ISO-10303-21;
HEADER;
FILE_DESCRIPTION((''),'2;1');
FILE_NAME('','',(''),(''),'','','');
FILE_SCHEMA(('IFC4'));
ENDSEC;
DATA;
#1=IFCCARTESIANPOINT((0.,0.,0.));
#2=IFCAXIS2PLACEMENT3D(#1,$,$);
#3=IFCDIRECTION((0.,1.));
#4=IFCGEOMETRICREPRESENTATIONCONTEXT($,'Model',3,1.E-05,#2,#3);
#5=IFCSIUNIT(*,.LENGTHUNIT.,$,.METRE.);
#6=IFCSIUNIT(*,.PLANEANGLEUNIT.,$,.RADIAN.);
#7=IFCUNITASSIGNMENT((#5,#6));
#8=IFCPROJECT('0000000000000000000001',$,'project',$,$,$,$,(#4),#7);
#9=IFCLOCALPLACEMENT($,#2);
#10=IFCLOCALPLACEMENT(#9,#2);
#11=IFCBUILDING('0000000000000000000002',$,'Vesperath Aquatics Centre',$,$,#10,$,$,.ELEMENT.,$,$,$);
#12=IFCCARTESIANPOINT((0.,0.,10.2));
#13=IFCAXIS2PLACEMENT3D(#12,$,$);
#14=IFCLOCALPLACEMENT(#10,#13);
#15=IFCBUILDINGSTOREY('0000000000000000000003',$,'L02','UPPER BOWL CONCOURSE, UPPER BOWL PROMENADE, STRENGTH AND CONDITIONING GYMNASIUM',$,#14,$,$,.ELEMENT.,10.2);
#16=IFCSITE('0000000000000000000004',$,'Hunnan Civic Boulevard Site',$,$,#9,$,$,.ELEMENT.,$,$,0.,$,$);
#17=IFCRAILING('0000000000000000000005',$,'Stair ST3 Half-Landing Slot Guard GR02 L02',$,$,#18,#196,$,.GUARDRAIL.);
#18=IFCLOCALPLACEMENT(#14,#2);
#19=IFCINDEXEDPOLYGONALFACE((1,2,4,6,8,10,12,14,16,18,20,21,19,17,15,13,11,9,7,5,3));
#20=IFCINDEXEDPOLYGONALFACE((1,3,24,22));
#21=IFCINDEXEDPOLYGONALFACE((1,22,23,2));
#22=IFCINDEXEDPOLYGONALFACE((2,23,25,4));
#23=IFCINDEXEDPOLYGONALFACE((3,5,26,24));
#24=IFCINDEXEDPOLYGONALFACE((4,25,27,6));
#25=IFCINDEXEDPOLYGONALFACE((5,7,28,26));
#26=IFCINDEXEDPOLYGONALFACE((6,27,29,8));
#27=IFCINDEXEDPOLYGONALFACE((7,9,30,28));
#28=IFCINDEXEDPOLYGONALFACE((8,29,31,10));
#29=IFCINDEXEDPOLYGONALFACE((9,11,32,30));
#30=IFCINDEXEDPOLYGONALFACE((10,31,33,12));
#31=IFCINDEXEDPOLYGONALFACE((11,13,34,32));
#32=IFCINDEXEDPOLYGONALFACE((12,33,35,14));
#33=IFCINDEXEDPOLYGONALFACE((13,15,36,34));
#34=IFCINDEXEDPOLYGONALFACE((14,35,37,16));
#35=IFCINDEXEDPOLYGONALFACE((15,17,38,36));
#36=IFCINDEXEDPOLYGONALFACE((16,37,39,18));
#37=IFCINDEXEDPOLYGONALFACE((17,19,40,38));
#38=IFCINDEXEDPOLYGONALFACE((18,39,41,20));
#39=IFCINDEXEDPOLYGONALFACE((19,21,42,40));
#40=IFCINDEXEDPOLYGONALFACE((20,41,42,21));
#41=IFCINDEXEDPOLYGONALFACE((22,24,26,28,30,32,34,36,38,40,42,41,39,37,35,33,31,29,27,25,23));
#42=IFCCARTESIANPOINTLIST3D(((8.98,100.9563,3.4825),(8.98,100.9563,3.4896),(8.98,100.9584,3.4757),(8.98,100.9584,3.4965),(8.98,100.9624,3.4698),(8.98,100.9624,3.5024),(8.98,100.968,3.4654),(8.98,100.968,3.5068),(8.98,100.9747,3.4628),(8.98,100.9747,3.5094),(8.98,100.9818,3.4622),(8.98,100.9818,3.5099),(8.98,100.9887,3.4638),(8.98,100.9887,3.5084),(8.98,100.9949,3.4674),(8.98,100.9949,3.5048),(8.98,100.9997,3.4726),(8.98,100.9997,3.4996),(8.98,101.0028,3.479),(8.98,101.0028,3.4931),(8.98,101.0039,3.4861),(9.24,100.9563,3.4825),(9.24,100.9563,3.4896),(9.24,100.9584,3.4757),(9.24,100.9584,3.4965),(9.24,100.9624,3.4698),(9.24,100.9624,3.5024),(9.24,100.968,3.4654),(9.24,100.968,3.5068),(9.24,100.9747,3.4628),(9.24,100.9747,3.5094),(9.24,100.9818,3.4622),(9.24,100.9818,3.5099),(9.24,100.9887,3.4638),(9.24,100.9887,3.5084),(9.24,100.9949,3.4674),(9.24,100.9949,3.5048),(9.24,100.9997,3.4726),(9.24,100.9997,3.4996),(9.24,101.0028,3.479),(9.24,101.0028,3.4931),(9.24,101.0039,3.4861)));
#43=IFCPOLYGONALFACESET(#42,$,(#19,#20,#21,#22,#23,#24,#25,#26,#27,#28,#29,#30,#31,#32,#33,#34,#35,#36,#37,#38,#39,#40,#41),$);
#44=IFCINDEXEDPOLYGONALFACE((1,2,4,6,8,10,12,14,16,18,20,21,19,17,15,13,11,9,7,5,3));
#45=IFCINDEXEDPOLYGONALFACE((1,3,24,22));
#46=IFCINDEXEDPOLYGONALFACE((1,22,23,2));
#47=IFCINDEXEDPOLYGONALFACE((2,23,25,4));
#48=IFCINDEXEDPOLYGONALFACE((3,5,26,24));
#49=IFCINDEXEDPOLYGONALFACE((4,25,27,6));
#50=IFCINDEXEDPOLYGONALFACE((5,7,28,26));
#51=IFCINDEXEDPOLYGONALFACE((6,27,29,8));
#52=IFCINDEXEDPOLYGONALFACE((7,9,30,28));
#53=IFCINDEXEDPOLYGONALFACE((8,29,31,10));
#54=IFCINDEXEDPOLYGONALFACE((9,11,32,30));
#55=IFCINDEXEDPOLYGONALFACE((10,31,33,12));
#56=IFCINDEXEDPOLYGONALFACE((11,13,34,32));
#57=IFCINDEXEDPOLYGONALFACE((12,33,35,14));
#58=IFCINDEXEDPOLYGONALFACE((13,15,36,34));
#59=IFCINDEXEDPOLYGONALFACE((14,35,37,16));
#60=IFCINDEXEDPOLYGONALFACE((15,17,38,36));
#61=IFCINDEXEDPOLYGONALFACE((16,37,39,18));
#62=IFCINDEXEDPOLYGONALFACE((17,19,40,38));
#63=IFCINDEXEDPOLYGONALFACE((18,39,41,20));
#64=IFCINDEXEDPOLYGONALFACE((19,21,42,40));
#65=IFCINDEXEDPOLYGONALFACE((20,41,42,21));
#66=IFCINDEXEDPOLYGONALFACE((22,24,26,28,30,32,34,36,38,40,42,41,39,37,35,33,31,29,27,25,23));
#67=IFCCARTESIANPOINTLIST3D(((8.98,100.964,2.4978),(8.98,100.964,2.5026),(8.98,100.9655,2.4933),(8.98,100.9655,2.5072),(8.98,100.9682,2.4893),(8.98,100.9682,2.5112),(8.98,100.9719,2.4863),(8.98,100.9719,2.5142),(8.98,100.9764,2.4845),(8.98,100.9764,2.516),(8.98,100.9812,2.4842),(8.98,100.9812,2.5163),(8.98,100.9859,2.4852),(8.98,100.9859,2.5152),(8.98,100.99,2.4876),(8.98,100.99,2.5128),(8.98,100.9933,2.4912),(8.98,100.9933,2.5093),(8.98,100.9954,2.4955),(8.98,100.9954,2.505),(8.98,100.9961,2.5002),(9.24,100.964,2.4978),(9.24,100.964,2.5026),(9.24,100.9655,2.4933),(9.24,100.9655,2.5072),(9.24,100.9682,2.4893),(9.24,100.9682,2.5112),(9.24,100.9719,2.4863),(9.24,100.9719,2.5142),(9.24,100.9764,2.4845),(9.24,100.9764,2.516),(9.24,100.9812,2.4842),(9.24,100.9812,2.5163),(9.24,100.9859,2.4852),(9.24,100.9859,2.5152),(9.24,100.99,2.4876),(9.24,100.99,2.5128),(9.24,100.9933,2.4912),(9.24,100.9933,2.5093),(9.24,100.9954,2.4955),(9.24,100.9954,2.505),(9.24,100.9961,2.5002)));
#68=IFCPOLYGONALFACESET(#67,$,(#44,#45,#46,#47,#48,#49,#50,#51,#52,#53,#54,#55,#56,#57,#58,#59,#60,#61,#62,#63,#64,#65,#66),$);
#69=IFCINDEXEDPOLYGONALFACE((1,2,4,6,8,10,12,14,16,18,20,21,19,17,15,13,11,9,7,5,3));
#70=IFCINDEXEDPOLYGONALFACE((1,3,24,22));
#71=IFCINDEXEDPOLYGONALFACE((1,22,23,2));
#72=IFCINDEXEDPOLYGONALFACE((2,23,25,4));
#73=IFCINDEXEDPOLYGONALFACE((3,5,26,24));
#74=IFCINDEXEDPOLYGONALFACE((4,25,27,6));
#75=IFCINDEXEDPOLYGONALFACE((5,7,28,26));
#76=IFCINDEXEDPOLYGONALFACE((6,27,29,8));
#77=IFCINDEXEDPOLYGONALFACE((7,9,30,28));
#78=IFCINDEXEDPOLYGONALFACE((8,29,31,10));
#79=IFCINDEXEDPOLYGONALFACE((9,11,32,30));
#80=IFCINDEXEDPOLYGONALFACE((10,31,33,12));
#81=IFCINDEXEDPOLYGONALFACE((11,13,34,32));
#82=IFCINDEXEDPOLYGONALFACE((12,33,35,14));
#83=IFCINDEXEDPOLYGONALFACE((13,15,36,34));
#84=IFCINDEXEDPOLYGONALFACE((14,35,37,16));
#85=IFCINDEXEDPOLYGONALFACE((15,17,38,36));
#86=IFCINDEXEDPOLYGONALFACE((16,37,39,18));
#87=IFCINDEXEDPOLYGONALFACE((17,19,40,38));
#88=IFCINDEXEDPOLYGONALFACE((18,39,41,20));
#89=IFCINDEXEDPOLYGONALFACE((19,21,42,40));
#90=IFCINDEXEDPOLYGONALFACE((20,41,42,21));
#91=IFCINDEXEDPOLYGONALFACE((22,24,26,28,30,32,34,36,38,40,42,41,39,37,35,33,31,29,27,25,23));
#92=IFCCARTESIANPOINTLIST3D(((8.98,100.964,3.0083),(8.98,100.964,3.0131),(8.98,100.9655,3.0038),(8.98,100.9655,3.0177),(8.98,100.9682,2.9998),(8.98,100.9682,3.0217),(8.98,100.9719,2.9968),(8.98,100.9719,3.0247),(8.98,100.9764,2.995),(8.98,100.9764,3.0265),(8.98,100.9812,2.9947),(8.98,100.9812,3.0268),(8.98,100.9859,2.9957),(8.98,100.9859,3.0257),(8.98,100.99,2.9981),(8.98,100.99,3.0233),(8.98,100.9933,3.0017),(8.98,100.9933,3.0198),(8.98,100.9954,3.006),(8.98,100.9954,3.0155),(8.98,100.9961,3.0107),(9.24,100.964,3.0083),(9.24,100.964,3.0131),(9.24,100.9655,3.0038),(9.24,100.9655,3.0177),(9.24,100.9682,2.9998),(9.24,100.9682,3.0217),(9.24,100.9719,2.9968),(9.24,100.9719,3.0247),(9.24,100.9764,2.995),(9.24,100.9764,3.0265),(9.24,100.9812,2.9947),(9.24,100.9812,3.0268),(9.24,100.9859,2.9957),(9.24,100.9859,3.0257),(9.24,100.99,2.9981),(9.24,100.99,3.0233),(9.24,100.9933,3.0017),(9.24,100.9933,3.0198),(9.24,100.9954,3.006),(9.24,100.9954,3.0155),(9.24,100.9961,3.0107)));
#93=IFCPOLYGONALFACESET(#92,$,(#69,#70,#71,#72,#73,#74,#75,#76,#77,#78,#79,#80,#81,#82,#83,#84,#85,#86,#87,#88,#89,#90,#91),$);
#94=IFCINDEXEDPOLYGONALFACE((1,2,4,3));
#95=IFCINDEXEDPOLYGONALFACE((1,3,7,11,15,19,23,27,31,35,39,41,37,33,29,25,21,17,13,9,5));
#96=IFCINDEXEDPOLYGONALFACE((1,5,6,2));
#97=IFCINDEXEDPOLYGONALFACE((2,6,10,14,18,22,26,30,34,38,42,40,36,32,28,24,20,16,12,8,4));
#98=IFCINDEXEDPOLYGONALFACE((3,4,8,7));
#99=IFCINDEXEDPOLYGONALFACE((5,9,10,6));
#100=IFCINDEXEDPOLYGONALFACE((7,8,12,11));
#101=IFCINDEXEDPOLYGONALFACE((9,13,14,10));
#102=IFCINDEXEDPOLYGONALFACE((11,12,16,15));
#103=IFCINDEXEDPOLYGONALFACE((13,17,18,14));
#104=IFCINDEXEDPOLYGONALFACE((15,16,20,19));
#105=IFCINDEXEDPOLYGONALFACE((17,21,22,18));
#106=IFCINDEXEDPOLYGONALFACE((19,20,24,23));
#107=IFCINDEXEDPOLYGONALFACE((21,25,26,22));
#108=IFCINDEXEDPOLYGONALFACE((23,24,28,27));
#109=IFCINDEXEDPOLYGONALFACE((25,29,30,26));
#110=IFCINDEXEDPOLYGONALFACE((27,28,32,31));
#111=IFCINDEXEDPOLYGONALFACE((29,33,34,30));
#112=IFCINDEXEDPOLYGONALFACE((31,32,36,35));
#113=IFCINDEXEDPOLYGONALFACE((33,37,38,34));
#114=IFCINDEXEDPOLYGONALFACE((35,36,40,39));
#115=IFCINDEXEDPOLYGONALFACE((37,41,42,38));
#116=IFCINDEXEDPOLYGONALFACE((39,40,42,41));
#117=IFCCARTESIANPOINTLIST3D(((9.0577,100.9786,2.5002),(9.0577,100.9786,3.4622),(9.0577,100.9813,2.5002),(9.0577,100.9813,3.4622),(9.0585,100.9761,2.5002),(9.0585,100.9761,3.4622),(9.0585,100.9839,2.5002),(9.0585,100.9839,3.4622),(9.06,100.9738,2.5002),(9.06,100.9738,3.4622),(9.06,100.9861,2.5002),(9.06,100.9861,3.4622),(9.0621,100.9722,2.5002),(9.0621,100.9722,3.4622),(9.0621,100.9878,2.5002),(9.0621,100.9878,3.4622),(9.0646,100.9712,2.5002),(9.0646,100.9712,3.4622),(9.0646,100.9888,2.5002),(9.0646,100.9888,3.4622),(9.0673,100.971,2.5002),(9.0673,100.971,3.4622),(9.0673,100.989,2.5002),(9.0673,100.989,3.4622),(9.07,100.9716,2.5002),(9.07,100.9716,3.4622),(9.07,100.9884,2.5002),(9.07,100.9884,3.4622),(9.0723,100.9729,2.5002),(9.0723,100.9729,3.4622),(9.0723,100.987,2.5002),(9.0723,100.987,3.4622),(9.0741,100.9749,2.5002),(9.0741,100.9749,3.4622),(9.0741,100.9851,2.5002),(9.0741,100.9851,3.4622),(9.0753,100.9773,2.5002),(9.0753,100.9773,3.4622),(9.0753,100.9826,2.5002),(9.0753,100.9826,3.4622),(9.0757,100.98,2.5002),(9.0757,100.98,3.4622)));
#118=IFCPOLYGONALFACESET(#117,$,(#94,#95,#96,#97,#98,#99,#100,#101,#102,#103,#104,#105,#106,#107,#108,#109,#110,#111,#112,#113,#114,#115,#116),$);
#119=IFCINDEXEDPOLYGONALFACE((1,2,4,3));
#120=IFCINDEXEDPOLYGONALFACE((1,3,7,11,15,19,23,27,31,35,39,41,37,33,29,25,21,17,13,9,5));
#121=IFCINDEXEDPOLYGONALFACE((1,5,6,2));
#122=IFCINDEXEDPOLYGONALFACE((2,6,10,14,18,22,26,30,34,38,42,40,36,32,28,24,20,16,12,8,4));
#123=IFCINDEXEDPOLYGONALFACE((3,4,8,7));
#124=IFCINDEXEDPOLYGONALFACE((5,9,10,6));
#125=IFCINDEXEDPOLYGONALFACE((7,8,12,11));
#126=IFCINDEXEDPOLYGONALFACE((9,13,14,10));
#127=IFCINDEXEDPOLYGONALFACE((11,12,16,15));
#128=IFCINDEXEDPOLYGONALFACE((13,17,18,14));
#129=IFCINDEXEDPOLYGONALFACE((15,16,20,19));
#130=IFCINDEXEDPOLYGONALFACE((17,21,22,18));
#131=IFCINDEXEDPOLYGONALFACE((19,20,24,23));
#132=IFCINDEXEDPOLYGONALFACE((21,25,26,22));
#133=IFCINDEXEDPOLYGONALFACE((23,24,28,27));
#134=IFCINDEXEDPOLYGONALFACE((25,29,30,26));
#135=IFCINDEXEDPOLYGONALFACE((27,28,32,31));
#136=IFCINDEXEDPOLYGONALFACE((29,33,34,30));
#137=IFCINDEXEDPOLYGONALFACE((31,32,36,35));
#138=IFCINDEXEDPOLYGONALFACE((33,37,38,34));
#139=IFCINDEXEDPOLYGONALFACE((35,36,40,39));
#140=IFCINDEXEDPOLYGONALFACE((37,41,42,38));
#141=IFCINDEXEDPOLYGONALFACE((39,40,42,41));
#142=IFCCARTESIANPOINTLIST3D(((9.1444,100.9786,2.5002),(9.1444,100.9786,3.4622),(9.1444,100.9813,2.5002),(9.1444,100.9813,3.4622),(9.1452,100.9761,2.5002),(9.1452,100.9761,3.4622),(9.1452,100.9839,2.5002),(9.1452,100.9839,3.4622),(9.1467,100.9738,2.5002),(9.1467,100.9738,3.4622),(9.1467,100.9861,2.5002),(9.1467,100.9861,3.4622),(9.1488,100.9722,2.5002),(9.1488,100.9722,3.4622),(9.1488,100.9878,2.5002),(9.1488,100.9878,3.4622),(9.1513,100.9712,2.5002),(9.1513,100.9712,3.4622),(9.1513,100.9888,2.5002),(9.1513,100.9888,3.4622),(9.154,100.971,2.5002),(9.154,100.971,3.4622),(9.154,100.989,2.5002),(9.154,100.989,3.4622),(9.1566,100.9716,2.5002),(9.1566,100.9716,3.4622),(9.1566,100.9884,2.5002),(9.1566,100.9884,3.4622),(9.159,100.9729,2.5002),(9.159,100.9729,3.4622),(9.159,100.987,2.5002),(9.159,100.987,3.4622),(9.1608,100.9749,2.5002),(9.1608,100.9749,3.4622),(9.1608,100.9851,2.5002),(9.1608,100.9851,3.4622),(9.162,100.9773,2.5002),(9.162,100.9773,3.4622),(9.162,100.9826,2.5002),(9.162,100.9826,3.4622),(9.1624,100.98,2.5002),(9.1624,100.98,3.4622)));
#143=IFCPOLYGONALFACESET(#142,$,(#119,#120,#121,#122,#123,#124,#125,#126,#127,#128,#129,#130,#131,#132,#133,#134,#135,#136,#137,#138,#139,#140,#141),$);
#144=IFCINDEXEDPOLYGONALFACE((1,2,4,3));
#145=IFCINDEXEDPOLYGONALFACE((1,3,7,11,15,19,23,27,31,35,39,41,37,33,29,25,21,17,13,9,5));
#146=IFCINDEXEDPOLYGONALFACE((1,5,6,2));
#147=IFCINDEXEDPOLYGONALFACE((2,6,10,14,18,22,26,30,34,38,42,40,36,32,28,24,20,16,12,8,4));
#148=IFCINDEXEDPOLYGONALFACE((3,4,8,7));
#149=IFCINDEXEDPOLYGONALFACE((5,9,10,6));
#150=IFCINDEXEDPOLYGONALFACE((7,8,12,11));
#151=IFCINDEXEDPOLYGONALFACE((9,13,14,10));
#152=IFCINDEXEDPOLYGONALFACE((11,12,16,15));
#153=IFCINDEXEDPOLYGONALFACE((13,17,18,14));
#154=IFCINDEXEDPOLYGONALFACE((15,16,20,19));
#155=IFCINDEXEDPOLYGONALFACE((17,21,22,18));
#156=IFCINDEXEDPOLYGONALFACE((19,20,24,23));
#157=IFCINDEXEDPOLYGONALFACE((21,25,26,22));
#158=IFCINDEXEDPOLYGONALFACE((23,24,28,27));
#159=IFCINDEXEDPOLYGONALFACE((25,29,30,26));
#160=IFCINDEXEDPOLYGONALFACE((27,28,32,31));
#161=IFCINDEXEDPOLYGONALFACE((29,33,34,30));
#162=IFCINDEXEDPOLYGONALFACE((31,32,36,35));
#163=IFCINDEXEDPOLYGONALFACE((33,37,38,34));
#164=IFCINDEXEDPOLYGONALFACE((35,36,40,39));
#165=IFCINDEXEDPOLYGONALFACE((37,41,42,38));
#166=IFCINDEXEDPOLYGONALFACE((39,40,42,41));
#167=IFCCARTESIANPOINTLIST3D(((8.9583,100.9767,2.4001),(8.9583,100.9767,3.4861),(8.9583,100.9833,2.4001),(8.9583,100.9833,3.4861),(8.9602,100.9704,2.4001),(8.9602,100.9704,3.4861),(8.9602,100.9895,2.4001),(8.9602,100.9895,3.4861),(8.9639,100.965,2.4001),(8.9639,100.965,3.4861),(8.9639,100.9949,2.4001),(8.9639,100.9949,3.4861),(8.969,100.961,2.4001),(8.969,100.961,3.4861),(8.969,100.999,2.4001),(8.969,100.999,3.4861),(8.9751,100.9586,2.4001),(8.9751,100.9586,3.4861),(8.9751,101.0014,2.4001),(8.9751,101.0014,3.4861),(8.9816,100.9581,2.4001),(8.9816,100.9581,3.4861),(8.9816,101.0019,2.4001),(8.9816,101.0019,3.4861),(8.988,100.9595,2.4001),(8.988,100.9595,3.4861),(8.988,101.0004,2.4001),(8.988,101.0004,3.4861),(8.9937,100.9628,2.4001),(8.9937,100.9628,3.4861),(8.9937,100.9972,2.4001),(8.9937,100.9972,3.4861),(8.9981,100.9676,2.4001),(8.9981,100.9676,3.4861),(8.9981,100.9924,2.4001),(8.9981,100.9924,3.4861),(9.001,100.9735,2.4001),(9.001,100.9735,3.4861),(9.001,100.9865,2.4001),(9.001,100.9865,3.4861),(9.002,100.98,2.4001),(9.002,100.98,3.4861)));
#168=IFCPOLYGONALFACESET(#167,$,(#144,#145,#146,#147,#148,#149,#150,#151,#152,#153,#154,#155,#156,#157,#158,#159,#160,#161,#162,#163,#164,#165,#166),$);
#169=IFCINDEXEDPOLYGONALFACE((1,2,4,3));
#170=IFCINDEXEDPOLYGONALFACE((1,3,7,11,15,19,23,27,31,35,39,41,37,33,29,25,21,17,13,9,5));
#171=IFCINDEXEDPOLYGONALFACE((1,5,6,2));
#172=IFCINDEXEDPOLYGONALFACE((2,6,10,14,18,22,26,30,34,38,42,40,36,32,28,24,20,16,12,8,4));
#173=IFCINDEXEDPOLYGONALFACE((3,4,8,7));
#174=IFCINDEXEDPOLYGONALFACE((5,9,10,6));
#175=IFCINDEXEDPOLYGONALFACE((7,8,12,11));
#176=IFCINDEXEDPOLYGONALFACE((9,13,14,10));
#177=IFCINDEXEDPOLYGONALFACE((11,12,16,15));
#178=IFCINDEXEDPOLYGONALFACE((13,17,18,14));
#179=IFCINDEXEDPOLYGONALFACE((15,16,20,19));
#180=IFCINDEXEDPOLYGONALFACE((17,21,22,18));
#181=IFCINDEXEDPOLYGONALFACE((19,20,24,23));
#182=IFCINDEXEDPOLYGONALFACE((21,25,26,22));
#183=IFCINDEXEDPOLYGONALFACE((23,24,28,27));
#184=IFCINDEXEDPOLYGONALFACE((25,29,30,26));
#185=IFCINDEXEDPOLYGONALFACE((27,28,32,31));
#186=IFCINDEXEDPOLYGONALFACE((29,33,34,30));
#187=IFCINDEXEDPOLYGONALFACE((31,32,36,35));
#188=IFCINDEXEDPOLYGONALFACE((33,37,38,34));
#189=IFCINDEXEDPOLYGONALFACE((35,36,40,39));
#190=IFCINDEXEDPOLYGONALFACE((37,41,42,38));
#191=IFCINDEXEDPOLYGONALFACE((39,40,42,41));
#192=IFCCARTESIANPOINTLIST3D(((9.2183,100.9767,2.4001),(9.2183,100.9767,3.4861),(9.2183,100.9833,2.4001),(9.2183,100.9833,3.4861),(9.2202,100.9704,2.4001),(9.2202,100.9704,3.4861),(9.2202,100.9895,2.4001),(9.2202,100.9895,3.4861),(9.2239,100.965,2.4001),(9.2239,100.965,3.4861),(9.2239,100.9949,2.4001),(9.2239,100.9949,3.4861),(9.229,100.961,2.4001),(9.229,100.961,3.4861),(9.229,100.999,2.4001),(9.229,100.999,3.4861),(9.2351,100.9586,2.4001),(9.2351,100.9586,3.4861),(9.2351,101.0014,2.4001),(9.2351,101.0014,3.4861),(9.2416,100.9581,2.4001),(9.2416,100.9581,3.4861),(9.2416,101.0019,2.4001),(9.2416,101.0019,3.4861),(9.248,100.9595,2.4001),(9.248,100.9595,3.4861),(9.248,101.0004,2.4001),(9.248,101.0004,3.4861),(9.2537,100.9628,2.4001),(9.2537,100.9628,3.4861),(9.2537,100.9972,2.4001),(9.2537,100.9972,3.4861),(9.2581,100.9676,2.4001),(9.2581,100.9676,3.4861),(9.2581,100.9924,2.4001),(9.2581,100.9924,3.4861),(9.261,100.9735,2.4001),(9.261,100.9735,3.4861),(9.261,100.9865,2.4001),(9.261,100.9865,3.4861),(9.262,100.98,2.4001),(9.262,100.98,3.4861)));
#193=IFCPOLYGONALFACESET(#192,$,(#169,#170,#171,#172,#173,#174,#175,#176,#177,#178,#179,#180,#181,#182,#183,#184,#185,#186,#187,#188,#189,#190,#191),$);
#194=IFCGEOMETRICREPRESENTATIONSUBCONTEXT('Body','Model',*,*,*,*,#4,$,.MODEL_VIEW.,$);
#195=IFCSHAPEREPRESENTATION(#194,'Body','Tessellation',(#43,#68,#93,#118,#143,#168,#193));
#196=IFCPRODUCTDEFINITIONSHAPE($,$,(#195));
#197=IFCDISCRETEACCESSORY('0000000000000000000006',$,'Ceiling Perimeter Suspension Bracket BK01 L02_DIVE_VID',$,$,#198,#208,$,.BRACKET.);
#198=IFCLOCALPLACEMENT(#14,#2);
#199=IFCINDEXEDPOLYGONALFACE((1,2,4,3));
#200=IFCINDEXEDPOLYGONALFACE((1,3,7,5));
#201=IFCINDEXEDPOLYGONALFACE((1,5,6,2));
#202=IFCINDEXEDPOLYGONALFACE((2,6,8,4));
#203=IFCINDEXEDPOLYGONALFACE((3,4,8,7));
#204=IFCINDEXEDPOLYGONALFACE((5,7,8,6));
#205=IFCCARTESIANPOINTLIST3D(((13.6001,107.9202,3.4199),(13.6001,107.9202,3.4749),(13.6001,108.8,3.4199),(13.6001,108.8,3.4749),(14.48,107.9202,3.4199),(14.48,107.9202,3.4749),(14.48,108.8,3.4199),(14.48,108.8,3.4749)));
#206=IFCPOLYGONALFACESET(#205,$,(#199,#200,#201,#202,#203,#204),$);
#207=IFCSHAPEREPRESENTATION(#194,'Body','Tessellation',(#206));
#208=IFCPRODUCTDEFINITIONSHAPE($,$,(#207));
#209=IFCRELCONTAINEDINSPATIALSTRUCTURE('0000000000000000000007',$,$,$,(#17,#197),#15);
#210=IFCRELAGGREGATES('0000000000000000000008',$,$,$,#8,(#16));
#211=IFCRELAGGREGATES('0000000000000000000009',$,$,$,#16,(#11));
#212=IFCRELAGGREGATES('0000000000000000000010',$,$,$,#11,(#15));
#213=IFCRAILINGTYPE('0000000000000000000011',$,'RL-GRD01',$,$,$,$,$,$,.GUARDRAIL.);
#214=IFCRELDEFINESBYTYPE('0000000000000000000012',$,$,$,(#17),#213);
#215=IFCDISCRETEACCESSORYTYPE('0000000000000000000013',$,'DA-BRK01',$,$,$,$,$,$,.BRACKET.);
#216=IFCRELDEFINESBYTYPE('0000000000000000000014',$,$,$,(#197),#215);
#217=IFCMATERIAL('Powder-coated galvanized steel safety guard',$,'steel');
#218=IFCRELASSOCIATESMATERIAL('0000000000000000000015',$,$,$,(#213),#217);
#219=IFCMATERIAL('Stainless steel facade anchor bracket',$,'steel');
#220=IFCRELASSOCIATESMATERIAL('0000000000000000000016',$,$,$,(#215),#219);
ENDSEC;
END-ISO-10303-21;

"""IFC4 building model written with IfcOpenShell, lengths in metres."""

from ifc_helpers import new_model, si_unit, direction, frame, origin, origin_2d, place, context, subcontext, project, spatial, rectangle, circle, extrude, material, type_object, element, save


model = new_model("IFC4")

# Units and contexts
model_context = context("Model", 3, precision=1e-05, world=origin(), true_north=direction((0.0, 1.0)))
body_context = subcontext(model_context, "Body", "Model", "MODEL_VIEW")
ifc_project = project(units=[si_unit("LENGTHUNIT", "METRE"), si_unit("PLANEANGLEUNIT", "RADIAN")], contexts=[model_context])

# Site, building, storey
site_placement = place(None, origin())
site = spatial("IfcSite", under=ifc_project, at=site_placement, Name="Hunnan Civic Boulevard Site", CompositionType="ELEMENT", RefElevation=0.0)
building_placement = place(site_placement, origin())
building = spatial("IfcBuilding", under=site, at=building_placement, Name="Vesperath Aquatics Centre", CompositionType="ELEMENT")
storey_placement = place(building_placement, frame((0.0, 0.0, 10.2)))
storey = spatial("IfcBuildingStorey", under=building, at=storey_placement, Name="L02", Description="UPPER BOWL CONCOURSE, UPPER BOWL PROMENADE, STRENGTH AND CONDITIONING GYMNASIUM", CompositionType="ELEMENT", Elevation=10.2)

# Railing
ifc_material_1 = material(Name="Powder-coated galvanized steel safety guard", Category="steel")
railing_type = type_object("IfcRailingType", Name="RL-GRD01", PredefinedType="GUARDRAIL", material=ifc_material_1)
railing_1_placement = place(storey_placement, frame((8.98, 100.98, 2.4001)))
element("IfcRailing", 1, at=railing_1_placement, inside=storey, type_object=railing_type, Name="Stair ST3 Half-Landing Slot Guard GR02 L02", PredefinedType="GUARDRAIL", context=body_context, shape_type="SweptSolid", body=[
    extrude(circle(Radius=0.0239, at=origin_2d()), frame((0.0, 0.0, 1.0859), z_axis=(1.0, 0.0, 0.0), x_axis=(0.0, 1.0, 0.0)), (0.0, 0.0, 1.0), 0.26),
    extrude(circle(Radius=0.0161, at=origin_2d()), frame((0.0, 0.0, 0.1001), z_axis=(1.0, 0.0, 0.0), x_axis=(0.0, 1.0, 0.0)), (0.0, 0.0, 1.0), 0.26),
    extrude(circle(Radius=0.0161, at=origin_2d()), frame((0.0, 0.0, 0.6106), z_axis=(1.0, 0.0, 0.0), x_axis=(0.0, 1.0, 0.0)), (0.0, 0.0, 1.0), 0.26),
    extrude(circle(Radius=0.009, at=origin_2d()), frame((0.0867, 0.0, 0.1001)), (0.0, 0.0, 1.0), 0.9619),
    extrude(circle(Radius=0.009, at=origin_2d()), frame((0.1733, 0.0, 0.1001)), (0.0, 0.0, 1.0), 0.9619),
    extrude(circle(Radius=0.022, at=origin_2d()), origin(), (0.0, 0.0, 1.0), 1.0859),
    extrude(circle(Radius=0.022, at=origin_2d()), frame((0.26, 0.0, 0.0)), (0.0, 0.0, 1.0), 1.0859),
])

# Discrete accessory
ifc_material_2 = material(Name="Stainless steel facade anchor bracket", Category="steel")
discrete_accessory_type = type_object("IfcDiscreteAccessoryType", Name="DA-BRK01", PredefinedType="BRACKET", material=ifc_material_2)
discrete_accessory_placement = place(storey_placement, frame((14.04, 108.3601, 3.4199), z_axis=(0.0, 0.0, 1.0), x_axis=(1.0, 0.0, 0.0)))
element("IfcDiscreteAccessory", 2, at=discrete_accessory_placement, inside=storey, type_object=discrete_accessory_type, Name="Ceiling Perimeter Suspension Bracket BK01 L02_DIVE_VID", PredefinedType="BRACKET", context=body_context, shape_type="SweptSolid", body=[
    extrude(rectangle(XDim=0.8799, YDim=0.8799, at=origin_2d()), origin(), (0.0, 0.0, 1.0), 0.0549),
])

save(model, "model.ifc")
